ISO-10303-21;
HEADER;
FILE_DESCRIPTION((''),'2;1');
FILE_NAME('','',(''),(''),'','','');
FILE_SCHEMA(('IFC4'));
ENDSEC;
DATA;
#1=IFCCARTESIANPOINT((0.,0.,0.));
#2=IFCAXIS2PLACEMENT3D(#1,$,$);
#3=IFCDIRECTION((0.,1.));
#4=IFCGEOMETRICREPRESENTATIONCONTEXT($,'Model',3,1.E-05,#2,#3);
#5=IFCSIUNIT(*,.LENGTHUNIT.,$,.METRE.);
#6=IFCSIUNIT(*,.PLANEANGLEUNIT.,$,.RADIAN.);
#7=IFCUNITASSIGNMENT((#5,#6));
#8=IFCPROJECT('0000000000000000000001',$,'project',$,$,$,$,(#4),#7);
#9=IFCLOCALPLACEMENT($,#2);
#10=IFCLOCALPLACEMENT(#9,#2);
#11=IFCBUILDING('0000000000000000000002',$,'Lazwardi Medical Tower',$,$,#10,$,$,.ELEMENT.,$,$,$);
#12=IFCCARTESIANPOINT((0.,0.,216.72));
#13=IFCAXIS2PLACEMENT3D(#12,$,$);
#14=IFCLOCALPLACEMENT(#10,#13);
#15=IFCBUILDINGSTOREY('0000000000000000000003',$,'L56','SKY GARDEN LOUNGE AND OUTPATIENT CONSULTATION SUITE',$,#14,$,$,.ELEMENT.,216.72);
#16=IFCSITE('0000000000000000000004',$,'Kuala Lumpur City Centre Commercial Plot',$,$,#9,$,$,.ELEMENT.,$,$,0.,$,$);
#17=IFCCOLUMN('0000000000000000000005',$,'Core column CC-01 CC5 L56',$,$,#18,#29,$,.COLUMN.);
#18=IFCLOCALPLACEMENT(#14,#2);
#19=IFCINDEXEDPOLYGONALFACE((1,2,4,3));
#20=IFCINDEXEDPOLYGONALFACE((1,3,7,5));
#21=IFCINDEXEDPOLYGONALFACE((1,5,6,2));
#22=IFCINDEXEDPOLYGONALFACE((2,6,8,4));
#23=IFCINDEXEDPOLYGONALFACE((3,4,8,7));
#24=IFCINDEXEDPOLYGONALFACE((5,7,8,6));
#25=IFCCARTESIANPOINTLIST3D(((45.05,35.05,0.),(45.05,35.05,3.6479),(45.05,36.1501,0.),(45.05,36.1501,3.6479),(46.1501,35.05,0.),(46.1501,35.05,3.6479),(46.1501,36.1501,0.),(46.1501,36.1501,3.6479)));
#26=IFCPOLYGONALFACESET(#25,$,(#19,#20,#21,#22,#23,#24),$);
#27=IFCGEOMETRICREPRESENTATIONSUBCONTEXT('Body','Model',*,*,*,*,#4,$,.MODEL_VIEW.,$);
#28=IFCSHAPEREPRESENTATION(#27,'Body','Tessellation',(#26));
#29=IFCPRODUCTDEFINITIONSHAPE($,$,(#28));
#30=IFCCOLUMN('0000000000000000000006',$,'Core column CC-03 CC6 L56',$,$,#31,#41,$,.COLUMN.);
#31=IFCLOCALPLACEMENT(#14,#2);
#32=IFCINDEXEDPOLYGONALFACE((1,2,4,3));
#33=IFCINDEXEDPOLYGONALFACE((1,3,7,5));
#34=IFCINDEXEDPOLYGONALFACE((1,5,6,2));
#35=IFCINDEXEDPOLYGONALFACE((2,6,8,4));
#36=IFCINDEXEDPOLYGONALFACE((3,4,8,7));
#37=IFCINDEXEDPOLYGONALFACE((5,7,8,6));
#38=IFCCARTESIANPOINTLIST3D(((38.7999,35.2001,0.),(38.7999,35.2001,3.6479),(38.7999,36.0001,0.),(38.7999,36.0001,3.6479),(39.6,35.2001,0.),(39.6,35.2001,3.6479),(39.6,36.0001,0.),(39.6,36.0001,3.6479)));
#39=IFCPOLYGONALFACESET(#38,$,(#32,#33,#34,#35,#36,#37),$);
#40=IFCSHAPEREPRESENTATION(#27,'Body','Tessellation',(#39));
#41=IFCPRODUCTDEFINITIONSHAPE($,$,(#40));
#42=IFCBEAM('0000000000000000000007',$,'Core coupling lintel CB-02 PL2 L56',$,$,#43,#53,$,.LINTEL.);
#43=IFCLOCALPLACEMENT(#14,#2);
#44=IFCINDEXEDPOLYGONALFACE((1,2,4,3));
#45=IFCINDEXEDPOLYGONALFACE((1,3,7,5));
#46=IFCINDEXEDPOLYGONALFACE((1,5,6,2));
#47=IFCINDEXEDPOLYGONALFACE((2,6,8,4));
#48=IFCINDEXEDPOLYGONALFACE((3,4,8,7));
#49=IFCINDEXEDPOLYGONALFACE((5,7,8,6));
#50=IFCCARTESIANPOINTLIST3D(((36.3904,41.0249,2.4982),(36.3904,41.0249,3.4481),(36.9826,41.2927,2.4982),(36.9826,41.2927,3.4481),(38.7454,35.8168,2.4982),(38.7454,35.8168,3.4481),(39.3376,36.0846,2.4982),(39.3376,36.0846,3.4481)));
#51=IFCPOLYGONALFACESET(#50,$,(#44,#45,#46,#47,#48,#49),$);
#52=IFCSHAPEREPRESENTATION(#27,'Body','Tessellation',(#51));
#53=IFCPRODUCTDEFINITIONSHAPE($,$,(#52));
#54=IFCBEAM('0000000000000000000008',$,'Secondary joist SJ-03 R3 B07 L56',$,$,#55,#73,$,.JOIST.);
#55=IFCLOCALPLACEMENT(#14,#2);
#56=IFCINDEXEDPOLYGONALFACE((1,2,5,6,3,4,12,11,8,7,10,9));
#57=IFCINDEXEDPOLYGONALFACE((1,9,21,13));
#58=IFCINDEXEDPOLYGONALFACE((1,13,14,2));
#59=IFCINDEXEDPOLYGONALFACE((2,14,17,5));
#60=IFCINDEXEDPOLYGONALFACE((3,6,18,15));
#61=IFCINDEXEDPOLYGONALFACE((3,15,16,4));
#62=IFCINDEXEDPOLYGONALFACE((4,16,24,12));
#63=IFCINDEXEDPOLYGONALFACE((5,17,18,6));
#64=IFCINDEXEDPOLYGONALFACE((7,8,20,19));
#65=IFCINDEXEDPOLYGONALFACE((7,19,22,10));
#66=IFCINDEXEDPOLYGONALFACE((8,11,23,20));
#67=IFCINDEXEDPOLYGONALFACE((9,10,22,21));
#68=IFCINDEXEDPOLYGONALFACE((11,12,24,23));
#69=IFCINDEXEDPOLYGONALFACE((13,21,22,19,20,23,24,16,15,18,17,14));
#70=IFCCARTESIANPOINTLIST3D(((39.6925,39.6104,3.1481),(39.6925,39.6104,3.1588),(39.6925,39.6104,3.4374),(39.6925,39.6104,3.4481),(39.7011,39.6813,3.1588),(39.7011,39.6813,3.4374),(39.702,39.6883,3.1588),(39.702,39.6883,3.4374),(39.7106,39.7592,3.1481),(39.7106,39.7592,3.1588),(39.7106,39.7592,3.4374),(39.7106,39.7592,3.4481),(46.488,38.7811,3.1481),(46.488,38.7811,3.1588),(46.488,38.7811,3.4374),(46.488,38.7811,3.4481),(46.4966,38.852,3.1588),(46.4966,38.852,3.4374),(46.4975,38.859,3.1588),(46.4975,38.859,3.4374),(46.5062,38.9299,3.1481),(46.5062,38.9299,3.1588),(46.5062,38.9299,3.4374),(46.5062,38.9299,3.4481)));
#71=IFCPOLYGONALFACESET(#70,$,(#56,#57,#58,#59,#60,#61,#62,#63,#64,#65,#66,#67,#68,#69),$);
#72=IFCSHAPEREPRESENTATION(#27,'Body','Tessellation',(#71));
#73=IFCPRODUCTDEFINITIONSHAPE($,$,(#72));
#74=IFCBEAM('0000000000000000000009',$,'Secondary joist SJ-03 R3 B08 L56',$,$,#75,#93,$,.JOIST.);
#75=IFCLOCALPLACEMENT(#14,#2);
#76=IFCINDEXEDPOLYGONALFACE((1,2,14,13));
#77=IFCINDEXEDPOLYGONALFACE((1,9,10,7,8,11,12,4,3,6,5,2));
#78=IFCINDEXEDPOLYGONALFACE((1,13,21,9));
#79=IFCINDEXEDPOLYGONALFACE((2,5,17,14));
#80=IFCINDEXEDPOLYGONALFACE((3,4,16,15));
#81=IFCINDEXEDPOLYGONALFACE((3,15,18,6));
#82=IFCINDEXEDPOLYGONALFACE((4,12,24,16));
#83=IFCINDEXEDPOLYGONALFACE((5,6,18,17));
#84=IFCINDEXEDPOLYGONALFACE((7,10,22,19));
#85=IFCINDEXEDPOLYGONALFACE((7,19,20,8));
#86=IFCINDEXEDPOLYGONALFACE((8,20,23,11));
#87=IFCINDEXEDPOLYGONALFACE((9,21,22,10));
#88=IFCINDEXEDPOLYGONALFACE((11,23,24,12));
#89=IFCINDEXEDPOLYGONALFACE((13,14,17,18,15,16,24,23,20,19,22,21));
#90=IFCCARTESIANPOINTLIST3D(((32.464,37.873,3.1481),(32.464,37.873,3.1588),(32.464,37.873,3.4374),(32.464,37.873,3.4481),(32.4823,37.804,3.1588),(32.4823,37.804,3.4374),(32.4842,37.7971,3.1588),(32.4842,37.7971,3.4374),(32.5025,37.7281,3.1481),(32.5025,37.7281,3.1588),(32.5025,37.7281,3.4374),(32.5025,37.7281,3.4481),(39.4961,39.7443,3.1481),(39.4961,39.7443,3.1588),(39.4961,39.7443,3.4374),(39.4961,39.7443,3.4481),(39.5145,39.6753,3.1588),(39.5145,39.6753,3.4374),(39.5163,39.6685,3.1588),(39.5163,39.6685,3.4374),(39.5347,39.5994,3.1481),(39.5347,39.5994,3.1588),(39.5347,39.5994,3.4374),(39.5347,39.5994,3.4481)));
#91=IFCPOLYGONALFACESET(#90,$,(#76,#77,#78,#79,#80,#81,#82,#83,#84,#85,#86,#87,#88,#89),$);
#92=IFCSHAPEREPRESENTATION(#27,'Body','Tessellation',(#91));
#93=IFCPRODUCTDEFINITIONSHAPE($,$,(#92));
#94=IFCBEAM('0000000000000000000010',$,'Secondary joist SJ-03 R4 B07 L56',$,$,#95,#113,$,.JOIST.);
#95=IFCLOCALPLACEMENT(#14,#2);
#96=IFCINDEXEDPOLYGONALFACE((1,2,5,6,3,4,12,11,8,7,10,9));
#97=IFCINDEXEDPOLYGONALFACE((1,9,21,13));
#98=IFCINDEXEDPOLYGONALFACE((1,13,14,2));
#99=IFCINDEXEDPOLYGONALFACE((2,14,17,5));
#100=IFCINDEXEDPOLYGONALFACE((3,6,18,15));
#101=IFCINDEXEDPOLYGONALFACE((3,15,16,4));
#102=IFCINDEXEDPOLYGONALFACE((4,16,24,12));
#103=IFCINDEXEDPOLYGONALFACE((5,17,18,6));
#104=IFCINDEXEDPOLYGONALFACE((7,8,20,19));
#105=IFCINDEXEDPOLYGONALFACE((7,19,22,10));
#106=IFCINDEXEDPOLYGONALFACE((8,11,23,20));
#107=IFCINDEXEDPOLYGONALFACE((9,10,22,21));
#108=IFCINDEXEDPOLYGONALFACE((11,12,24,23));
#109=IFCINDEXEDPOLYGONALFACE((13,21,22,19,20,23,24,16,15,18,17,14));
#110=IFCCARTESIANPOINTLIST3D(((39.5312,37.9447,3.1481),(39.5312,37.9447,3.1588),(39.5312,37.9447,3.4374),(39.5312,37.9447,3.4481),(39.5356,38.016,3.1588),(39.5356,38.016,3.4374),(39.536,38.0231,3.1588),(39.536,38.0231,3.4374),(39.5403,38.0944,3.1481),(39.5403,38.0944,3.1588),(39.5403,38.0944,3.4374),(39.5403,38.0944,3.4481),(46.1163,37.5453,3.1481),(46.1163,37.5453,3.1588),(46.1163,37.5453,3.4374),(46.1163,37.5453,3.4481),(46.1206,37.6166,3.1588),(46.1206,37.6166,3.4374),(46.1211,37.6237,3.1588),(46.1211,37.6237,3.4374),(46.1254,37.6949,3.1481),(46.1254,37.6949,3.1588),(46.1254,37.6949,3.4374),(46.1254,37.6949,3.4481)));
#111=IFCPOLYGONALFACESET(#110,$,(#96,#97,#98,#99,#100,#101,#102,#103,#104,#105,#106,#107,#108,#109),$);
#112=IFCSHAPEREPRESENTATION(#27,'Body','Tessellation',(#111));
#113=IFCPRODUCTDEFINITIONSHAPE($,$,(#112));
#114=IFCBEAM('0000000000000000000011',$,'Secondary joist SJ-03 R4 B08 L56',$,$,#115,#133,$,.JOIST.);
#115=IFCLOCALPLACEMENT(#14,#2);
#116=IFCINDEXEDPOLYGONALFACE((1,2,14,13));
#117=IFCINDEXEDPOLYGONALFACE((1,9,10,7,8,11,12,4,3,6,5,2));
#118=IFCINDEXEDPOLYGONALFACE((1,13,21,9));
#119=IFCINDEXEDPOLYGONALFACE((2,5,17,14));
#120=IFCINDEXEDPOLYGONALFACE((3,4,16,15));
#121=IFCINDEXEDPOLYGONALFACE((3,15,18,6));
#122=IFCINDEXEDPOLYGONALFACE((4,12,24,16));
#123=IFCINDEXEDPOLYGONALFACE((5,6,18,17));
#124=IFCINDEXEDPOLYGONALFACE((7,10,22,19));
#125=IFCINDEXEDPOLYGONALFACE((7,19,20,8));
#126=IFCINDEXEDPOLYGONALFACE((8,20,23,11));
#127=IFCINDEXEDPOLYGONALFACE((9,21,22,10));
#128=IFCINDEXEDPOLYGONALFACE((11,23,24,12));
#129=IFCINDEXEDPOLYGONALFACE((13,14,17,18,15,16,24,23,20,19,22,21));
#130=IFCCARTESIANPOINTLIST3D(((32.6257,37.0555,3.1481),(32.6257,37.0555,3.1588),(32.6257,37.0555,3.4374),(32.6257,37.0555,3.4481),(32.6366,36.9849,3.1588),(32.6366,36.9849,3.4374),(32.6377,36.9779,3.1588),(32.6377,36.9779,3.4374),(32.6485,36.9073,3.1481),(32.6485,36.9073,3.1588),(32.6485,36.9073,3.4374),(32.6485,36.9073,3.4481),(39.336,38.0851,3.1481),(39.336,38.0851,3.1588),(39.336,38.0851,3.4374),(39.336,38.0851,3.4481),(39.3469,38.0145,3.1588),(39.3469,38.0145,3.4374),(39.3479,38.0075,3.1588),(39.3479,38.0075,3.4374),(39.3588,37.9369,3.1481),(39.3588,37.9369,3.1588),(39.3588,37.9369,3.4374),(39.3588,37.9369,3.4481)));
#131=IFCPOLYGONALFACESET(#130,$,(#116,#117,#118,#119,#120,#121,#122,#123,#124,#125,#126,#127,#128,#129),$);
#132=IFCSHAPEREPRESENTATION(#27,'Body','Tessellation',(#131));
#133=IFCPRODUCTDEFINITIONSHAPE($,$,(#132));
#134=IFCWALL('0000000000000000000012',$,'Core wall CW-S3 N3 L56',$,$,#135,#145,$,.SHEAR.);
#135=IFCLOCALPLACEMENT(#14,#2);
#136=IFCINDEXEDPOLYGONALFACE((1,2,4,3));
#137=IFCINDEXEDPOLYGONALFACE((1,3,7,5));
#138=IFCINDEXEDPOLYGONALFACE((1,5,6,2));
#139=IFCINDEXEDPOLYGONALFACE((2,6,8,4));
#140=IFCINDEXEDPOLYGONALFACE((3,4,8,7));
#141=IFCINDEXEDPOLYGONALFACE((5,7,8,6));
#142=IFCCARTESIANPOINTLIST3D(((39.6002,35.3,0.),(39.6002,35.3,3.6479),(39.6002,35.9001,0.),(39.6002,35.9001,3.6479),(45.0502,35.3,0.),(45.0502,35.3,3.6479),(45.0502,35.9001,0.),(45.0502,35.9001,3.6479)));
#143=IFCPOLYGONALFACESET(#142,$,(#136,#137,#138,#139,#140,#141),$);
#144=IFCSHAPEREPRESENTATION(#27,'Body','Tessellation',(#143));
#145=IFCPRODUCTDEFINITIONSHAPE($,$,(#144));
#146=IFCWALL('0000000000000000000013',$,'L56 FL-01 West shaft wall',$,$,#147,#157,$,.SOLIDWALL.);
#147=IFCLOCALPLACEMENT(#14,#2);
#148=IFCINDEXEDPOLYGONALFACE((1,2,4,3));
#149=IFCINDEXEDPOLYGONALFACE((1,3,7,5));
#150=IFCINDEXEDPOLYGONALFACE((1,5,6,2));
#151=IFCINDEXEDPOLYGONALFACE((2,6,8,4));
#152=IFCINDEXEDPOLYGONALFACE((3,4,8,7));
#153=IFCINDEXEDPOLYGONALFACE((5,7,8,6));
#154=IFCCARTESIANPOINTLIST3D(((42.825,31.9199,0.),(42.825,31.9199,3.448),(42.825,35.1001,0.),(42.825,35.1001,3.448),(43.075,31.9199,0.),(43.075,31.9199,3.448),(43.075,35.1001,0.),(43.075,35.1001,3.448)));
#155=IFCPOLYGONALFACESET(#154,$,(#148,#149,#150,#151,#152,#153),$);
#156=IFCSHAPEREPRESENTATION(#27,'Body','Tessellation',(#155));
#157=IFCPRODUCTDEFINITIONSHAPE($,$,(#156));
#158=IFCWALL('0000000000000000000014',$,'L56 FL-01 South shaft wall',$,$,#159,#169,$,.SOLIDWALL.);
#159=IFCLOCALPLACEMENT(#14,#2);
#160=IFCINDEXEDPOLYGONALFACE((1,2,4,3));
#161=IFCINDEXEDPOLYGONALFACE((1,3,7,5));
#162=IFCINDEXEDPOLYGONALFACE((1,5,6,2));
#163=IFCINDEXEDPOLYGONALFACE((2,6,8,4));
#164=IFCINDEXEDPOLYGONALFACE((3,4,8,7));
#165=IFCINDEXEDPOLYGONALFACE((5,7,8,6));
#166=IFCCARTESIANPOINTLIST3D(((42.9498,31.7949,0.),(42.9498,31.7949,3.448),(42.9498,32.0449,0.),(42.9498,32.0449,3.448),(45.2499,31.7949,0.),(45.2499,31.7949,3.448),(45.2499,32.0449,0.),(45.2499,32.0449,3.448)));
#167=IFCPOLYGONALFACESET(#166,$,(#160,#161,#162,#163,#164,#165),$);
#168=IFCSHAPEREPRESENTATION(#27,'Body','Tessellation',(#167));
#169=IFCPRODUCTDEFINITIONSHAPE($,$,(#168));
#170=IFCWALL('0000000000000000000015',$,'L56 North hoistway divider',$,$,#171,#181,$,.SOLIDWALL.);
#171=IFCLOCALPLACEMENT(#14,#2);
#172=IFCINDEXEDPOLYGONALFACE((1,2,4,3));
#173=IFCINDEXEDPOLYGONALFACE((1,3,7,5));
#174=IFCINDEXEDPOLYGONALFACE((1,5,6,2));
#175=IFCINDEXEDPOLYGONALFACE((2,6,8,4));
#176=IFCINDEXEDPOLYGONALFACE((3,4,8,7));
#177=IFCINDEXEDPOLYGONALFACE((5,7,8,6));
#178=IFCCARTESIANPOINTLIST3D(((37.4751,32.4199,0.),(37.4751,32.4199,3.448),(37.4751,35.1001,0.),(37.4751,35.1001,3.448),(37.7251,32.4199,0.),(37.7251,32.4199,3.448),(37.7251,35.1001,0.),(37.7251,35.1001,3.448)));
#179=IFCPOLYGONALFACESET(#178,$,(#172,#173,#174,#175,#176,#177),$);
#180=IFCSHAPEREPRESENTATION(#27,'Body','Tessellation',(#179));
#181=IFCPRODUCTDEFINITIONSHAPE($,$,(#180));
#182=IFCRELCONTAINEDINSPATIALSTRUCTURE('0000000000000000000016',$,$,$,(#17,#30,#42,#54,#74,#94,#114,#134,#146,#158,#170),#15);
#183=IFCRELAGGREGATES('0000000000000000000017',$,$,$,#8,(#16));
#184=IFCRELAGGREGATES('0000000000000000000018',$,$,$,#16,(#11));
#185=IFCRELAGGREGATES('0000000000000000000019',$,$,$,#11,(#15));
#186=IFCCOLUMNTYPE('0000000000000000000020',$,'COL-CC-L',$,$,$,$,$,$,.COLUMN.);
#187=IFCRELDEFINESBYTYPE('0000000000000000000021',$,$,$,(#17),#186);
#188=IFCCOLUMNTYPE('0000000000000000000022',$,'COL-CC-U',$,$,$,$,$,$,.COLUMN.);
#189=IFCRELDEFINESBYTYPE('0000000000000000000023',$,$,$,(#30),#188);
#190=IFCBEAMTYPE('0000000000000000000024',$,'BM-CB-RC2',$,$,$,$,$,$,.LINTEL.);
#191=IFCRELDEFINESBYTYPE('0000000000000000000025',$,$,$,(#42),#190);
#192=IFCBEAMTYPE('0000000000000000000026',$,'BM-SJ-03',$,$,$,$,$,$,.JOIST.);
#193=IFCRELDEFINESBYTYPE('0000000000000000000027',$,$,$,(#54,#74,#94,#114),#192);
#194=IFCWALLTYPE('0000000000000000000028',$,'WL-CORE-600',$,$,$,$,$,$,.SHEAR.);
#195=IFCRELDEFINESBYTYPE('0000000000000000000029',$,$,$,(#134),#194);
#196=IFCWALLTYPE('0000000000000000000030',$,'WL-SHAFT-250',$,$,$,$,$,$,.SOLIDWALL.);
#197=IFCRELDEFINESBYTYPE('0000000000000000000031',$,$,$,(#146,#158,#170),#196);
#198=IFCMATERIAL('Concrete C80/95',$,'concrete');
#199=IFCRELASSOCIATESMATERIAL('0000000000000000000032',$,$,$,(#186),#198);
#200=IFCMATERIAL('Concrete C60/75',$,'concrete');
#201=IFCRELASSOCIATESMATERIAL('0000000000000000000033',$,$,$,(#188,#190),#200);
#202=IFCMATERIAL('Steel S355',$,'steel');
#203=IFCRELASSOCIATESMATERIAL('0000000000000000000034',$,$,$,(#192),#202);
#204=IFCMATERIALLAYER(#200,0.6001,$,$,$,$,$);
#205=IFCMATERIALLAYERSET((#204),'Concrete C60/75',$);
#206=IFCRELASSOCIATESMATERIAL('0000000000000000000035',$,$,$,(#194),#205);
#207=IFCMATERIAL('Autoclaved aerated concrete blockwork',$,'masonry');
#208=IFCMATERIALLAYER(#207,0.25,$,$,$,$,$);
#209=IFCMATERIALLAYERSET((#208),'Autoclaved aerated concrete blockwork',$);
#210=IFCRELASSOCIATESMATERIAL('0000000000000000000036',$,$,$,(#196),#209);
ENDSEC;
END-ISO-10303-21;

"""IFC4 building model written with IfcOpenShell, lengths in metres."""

from ifc_helpers import new_model, si_unit, direction, frame, frame_2d, origin, origin_2d, place, context, subcontext, project, spatial, rectangle, i_section, extrude, material, layer, layer_set, material_profile, profile_set, type_object, element, save


model = new_model("IFC4")

# Units and contexts
model_context = context("Model", 3, precision=1e-05, world=origin(), true_north=direction((0.0, 1.0)))
body_context = subcontext(model_context, "Body", "Model", "MODEL_VIEW")
ifc_project = project(units=[si_unit("LENGTHUNIT", "METRE"), si_unit("PLANEANGLEUNIT", "RADIAN")], contexts=[model_context])

# Site, building, storey
site_placement = place(None, origin())
site = spatial("IfcSite", under=ifc_project, at=site_placement, Name="Kuala Lumpur City Centre Commercial Plot", CompositionType="ELEMENT", RefElevation=0.0)
building_placement = place(site_placement, origin())
building = spatial("IfcBuilding", under=site, at=building_placement, Name="Lazwardi Medical Tower", CompositionType="ELEMENT")
storey_placement = place(building_placement, frame((0.0, 0.0, 216.72)))
storey = spatial("IfcBuildingStorey", under=building, at=storey_placement, Name="L56", Description="SKY GARDEN LOUNGE AND OUTPATIENT CONSULTATION SUITE", CompositionType="ELEMENT", Elevation=216.72)

# Columns
ifc_material_1 = material(Name="Concrete C80/95", Category="concrete")
ifc_material_profile_1 = material_profile(ifc_material_1, rectangle(XDim=1.1001, YDim=1.1001, at=origin_2d()), Name="RC 1100x1100")
ifc_profile_set_1 = profile_set([ifc_material_profile_1], Name="Concrete C80/95")
column_type_1 = type_object("IfcColumnType", Name="COL-CC-L", PredefinedType="COLUMN", material=ifc_profile_set_1)
column_1_placement = place(storey_placement, frame((45.6001, 35.6001, 0.0), z_axis=(0.0, 0.0, 1.0), x_axis=(1.0, 0.0, 0.0)))
element("IfcColumn", 1, at=column_1_placement, inside=storey, type_object=column_type_1, Name="Core column CC-01 CC5 L56", PredefinedType="COLUMN", context=body_context, shape_type="SweptSolid", body=[
    extrude(rectangle(XDim=1.1001, YDim=1.1001, at=origin_2d()), origin(), (0.0, 0.0, 1.0), 3.6479),
])
ifc_material_2 = material(Name="Concrete C60/75", Category="concrete")
ifc_material_profile_2 = material_profile(ifc_material_2, rectangle(XDim=0.8, YDim=0.8, at=origin_2d()), Name="RC 800x800")
ifc_profile_set_2 = profile_set([ifc_material_profile_2], Name="Concrete C60/75")
column_type_2 = type_object("IfcColumnType", Name="COL-CC-U", PredefinedType="COLUMN", material=ifc_profile_set_2)
column_2_placement = place(storey_placement, frame((39.2, 35.6001, 0.0), z_axis=(0.0, 0.0, 1.0), x_axis=(1.0, 0.0, 0.0)))
element("IfcColumn", 2, at=column_2_placement, inside=storey, type_object=column_type_2, Name="Core column CC-03 CC6 L56", PredefinedType="COLUMN", context=body_context, shape_type="SweptSolid", body=[
    extrude(rectangle(XDim=0.8, YDim=0.8, at=origin_2d()), origin(), (0.0, 0.0, 1.0), 3.6479),
])

# Beams
ifc_material_profile_3 = material_profile(ifc_material_2, rectangle(XDim=0.6499, YDim=0.95, at=origin_2d()), Name="RC 650x950")
ifc_profile_set_3 = profile_set([ifc_material_profile_3], Name="Concrete C60/75")
beam_type_1 = type_object("IfcBeamType", Name="BM-CB-RC2", PredefinedType="LINTEL", material=ifc_profile_set_3)
beam_1_placement = place(storey_placement, frame((39.0415, 35.9507, 2.9731), z_axis=(-0.412019, 0.911175, 0.0), x_axis=(-0.911175, -0.412019, 0.0)))
element("IfcBeam", 3, at=beam_1_placement, inside=storey, type_object=beam_type_1, Name="Core coupling lintel CB-02 PL2 L56", PredefinedType="LINTEL", context=body_context, shape_type="SweptSolid", body=[
    extrude(rectangle(XDim=0.6499, YDim=0.95, at=origin_2d()), origin(), (0.0, 0.0, 1.0), 5.7158),
])
ifc_material_3 = material(Name="Steel S355", Category="steel")
ifc_material_profile_4 = material_profile(ifc_material_3, i_section(OverallWidth=0.1499, OverallDepth=0.3, WebThickness=0.0071, FlangeThickness=0.0107, at=origin_2d()), Name="IPE 300")
ifc_profile_set_4 = profile_set([ifc_material_profile_4], Name="Steel S355")
beam_type_2 = type_object("IfcBeamType", Name="BM-SJ-03", PredefinedType="JOIST", material=ifc_profile_set_4)
beam_2_placement = place(storey_placement, frame((46.4971, 38.8555, 3.2981), z_axis=(-0.992635, 0.121146, 0.0), x_axis=(-0.121146, -0.992635, 0.0)))
element("IfcBeam", 4, at=beam_2_placement, inside=storey, type_object=beam_type_2, Name="Secondary joist SJ-03 R3 B07 L56", PredefinedType="JOIST", context=body_context, shape_type="SweptSolid", body=[
    extrude(i_section(OverallWidth=0.1499, OverallDepth=0.3, WebThickness=0.0071, FlangeThickness=0.0107, at=origin_2d()), origin(), (0.0, 0.0, 1.0), 6.8459),
])
beam_3_placement = place(storey_placement, frame((39.5154, 39.6719, 3.2981), z_axis=(-0.966369, -0.257159, 0.0), x_axis=(0.257159, -0.966369, 0.0)))
element("IfcBeam", 5, at=beam_3_placement, inside=storey, type_object=beam_type_2, Name="Secondary joist SJ-03 R3 B08 L56", PredefinedType="JOIST", context=body_context, shape_type="SweptSolid", body=[
    extrude(i_section(OverallWidth=0.1499, OverallDepth=0.3, WebThickness=0.0071, FlangeThickness=0.0107, at=origin_2d()), origin(), (0.0, 0.0, 1.0), 7.2769),
])
beam_4_placement = place(storey_placement, frame((46.1208, 37.6201, 3.2981), z_axis=(-0.998166, 0.060544, 0.0), x_axis=(-0.060544, -0.998166, 0.0)))
element("IfcBeam", 6, at=beam_4_placement, inside=storey, type_object=beam_type_2, Name="Secondary joist SJ-03 R4 B07 L56", PredefinedType="JOIST", context=body_context, shape_type="SweptSolid", body=[
    extrude(i_section(OverallWidth=0.1499, OverallDepth=0.3, WebThickness=0.0071, FlangeThickness=0.0107, at=origin_2d()), origin(), (0.0, 0.0, 1.0), 6.5972),
])
beam_5_placement = place(storey_placement, frame((39.3474, 38.011, 3.2981), z_axis=(-0.988434, -0.151655, 0.0), x_axis=(0.151655, -0.988434, 0.0)))
element("IfcBeam", 7, at=beam_5_placement, inside=storey, type_object=beam_type_2, Name="Secondary joist SJ-03 R4 B08 L56", PredefinedType="JOIST", context=body_context, shape_type="SweptSolid", body=[
    extrude(i_section(OverallWidth=0.1499, OverallDepth=0.3, WebThickness=0.0071, FlangeThickness=0.0107, at=origin_2d()), origin(), (0.0, 0.0, 1.0), 6.7888),
])

# Walls
ifc_layer_1 = layer(ifc_material_2, 0.6001)
ifc_layer_set_1 = layer_set([ifc_layer_1], Name="Concrete C60/75")
wall_type_1 = type_object("IfcWallType", Name="WL-CORE-600", PredefinedType="SHEAR", material=ifc_layer_set_1)
wall_1_placement = place(storey_placement, frame((39.6001, 35.6001, 0.0), z_axis=(0.0, 0.0, 1.0), x_axis=(1.0, 0.0, 0.0)))
element("IfcWall", 8, at=wall_1_placement, inside=storey, type_object=wall_type_1, Name="Core wall CW-S3 N3 L56", PredefinedType="SHEAR", context=body_context, shape_type="SweptSolid", body=[
    extrude(rectangle(XDim=5.45, YDim=0.6001, at=frame_2d((2.7251, 0.0))), origin(), (0.0, 0.0, 1.0), 3.6479),
])
ifc_material_4 = material(Name="Autoclaved aerated concrete blockwork", Category="masonry")
ifc_layer_2 = layer(ifc_material_4, 0.25)
ifc_layer_set_2 = layer_set([ifc_layer_2], Name="Autoclaved aerated concrete blockwork")
wall_type_2 = type_object("IfcWallType", Name="WL-SHAFT-250", PredefinedType="SOLIDWALL", material=ifc_layer_set_2)
wall_2_placement = place(storey_placement, frame((42.95, 31.9199, 0.0), z_axis=(0.0, 0.0, 1.0), x_axis=(0.0, 1.0, 0.0)))
element("IfcWall", 9, at=wall_2_placement, inside=storey, type_object=wall_type_2, Name="L56 FL-01 West shaft wall", PredefinedType="SOLIDWALL", context=body_context, shape_type="SweptSolid", body=[
    extrude(rectangle(XDim=3.1802, YDim=0.25, at=frame_2d((1.5901, 0.0))), origin(), (0.0, 0.0, 1.0), 3.448),
])
wall_3_placement = place(storey_placement, frame((42.95, 31.9199, 0.0), z_axis=(0.0, 0.0, 1.0), x_axis=(1.0, 0.0, 0.0)))
element("IfcWall", 10, at=wall_3_placement, inside=storey, type_object=wall_type_2, Name="L56 FL-01 South shaft wall", PredefinedType="SOLIDWALL", context=body_context, shape_type="SweptSolid", body=[
    extrude(rectangle(XDim=2.3, YDim=0.25, at=frame_2d((1.1499, 0.0))), origin(), (0.0, 0.0, 1.0), 3.448),
])
for number, where, z_axis, x_axis, name in (
    (11, (37.6001, 32.4199, 0.0), (0.0, 0.0, 1.0), (0.0, 1.0, 0.0), "L56 North hoistway divider"),
):
    element("IfcWall", number, at=place(storey_placement, frame(where, z_axis=z_axis, x_axis=x_axis)), inside=storey, type_object=wall_type_2, Name=name, PredefinedType="SOLIDWALL", context=body_context, shape_type="SweptSolid", body=[
        extrude(rectangle(XDim=2.6802, YDim=0.25, at=frame_2d((1.3401, 0.0))), origin(), (0.0, 0.0, 1.0), 3.448),
    ])

save(model, "model.ifc")
